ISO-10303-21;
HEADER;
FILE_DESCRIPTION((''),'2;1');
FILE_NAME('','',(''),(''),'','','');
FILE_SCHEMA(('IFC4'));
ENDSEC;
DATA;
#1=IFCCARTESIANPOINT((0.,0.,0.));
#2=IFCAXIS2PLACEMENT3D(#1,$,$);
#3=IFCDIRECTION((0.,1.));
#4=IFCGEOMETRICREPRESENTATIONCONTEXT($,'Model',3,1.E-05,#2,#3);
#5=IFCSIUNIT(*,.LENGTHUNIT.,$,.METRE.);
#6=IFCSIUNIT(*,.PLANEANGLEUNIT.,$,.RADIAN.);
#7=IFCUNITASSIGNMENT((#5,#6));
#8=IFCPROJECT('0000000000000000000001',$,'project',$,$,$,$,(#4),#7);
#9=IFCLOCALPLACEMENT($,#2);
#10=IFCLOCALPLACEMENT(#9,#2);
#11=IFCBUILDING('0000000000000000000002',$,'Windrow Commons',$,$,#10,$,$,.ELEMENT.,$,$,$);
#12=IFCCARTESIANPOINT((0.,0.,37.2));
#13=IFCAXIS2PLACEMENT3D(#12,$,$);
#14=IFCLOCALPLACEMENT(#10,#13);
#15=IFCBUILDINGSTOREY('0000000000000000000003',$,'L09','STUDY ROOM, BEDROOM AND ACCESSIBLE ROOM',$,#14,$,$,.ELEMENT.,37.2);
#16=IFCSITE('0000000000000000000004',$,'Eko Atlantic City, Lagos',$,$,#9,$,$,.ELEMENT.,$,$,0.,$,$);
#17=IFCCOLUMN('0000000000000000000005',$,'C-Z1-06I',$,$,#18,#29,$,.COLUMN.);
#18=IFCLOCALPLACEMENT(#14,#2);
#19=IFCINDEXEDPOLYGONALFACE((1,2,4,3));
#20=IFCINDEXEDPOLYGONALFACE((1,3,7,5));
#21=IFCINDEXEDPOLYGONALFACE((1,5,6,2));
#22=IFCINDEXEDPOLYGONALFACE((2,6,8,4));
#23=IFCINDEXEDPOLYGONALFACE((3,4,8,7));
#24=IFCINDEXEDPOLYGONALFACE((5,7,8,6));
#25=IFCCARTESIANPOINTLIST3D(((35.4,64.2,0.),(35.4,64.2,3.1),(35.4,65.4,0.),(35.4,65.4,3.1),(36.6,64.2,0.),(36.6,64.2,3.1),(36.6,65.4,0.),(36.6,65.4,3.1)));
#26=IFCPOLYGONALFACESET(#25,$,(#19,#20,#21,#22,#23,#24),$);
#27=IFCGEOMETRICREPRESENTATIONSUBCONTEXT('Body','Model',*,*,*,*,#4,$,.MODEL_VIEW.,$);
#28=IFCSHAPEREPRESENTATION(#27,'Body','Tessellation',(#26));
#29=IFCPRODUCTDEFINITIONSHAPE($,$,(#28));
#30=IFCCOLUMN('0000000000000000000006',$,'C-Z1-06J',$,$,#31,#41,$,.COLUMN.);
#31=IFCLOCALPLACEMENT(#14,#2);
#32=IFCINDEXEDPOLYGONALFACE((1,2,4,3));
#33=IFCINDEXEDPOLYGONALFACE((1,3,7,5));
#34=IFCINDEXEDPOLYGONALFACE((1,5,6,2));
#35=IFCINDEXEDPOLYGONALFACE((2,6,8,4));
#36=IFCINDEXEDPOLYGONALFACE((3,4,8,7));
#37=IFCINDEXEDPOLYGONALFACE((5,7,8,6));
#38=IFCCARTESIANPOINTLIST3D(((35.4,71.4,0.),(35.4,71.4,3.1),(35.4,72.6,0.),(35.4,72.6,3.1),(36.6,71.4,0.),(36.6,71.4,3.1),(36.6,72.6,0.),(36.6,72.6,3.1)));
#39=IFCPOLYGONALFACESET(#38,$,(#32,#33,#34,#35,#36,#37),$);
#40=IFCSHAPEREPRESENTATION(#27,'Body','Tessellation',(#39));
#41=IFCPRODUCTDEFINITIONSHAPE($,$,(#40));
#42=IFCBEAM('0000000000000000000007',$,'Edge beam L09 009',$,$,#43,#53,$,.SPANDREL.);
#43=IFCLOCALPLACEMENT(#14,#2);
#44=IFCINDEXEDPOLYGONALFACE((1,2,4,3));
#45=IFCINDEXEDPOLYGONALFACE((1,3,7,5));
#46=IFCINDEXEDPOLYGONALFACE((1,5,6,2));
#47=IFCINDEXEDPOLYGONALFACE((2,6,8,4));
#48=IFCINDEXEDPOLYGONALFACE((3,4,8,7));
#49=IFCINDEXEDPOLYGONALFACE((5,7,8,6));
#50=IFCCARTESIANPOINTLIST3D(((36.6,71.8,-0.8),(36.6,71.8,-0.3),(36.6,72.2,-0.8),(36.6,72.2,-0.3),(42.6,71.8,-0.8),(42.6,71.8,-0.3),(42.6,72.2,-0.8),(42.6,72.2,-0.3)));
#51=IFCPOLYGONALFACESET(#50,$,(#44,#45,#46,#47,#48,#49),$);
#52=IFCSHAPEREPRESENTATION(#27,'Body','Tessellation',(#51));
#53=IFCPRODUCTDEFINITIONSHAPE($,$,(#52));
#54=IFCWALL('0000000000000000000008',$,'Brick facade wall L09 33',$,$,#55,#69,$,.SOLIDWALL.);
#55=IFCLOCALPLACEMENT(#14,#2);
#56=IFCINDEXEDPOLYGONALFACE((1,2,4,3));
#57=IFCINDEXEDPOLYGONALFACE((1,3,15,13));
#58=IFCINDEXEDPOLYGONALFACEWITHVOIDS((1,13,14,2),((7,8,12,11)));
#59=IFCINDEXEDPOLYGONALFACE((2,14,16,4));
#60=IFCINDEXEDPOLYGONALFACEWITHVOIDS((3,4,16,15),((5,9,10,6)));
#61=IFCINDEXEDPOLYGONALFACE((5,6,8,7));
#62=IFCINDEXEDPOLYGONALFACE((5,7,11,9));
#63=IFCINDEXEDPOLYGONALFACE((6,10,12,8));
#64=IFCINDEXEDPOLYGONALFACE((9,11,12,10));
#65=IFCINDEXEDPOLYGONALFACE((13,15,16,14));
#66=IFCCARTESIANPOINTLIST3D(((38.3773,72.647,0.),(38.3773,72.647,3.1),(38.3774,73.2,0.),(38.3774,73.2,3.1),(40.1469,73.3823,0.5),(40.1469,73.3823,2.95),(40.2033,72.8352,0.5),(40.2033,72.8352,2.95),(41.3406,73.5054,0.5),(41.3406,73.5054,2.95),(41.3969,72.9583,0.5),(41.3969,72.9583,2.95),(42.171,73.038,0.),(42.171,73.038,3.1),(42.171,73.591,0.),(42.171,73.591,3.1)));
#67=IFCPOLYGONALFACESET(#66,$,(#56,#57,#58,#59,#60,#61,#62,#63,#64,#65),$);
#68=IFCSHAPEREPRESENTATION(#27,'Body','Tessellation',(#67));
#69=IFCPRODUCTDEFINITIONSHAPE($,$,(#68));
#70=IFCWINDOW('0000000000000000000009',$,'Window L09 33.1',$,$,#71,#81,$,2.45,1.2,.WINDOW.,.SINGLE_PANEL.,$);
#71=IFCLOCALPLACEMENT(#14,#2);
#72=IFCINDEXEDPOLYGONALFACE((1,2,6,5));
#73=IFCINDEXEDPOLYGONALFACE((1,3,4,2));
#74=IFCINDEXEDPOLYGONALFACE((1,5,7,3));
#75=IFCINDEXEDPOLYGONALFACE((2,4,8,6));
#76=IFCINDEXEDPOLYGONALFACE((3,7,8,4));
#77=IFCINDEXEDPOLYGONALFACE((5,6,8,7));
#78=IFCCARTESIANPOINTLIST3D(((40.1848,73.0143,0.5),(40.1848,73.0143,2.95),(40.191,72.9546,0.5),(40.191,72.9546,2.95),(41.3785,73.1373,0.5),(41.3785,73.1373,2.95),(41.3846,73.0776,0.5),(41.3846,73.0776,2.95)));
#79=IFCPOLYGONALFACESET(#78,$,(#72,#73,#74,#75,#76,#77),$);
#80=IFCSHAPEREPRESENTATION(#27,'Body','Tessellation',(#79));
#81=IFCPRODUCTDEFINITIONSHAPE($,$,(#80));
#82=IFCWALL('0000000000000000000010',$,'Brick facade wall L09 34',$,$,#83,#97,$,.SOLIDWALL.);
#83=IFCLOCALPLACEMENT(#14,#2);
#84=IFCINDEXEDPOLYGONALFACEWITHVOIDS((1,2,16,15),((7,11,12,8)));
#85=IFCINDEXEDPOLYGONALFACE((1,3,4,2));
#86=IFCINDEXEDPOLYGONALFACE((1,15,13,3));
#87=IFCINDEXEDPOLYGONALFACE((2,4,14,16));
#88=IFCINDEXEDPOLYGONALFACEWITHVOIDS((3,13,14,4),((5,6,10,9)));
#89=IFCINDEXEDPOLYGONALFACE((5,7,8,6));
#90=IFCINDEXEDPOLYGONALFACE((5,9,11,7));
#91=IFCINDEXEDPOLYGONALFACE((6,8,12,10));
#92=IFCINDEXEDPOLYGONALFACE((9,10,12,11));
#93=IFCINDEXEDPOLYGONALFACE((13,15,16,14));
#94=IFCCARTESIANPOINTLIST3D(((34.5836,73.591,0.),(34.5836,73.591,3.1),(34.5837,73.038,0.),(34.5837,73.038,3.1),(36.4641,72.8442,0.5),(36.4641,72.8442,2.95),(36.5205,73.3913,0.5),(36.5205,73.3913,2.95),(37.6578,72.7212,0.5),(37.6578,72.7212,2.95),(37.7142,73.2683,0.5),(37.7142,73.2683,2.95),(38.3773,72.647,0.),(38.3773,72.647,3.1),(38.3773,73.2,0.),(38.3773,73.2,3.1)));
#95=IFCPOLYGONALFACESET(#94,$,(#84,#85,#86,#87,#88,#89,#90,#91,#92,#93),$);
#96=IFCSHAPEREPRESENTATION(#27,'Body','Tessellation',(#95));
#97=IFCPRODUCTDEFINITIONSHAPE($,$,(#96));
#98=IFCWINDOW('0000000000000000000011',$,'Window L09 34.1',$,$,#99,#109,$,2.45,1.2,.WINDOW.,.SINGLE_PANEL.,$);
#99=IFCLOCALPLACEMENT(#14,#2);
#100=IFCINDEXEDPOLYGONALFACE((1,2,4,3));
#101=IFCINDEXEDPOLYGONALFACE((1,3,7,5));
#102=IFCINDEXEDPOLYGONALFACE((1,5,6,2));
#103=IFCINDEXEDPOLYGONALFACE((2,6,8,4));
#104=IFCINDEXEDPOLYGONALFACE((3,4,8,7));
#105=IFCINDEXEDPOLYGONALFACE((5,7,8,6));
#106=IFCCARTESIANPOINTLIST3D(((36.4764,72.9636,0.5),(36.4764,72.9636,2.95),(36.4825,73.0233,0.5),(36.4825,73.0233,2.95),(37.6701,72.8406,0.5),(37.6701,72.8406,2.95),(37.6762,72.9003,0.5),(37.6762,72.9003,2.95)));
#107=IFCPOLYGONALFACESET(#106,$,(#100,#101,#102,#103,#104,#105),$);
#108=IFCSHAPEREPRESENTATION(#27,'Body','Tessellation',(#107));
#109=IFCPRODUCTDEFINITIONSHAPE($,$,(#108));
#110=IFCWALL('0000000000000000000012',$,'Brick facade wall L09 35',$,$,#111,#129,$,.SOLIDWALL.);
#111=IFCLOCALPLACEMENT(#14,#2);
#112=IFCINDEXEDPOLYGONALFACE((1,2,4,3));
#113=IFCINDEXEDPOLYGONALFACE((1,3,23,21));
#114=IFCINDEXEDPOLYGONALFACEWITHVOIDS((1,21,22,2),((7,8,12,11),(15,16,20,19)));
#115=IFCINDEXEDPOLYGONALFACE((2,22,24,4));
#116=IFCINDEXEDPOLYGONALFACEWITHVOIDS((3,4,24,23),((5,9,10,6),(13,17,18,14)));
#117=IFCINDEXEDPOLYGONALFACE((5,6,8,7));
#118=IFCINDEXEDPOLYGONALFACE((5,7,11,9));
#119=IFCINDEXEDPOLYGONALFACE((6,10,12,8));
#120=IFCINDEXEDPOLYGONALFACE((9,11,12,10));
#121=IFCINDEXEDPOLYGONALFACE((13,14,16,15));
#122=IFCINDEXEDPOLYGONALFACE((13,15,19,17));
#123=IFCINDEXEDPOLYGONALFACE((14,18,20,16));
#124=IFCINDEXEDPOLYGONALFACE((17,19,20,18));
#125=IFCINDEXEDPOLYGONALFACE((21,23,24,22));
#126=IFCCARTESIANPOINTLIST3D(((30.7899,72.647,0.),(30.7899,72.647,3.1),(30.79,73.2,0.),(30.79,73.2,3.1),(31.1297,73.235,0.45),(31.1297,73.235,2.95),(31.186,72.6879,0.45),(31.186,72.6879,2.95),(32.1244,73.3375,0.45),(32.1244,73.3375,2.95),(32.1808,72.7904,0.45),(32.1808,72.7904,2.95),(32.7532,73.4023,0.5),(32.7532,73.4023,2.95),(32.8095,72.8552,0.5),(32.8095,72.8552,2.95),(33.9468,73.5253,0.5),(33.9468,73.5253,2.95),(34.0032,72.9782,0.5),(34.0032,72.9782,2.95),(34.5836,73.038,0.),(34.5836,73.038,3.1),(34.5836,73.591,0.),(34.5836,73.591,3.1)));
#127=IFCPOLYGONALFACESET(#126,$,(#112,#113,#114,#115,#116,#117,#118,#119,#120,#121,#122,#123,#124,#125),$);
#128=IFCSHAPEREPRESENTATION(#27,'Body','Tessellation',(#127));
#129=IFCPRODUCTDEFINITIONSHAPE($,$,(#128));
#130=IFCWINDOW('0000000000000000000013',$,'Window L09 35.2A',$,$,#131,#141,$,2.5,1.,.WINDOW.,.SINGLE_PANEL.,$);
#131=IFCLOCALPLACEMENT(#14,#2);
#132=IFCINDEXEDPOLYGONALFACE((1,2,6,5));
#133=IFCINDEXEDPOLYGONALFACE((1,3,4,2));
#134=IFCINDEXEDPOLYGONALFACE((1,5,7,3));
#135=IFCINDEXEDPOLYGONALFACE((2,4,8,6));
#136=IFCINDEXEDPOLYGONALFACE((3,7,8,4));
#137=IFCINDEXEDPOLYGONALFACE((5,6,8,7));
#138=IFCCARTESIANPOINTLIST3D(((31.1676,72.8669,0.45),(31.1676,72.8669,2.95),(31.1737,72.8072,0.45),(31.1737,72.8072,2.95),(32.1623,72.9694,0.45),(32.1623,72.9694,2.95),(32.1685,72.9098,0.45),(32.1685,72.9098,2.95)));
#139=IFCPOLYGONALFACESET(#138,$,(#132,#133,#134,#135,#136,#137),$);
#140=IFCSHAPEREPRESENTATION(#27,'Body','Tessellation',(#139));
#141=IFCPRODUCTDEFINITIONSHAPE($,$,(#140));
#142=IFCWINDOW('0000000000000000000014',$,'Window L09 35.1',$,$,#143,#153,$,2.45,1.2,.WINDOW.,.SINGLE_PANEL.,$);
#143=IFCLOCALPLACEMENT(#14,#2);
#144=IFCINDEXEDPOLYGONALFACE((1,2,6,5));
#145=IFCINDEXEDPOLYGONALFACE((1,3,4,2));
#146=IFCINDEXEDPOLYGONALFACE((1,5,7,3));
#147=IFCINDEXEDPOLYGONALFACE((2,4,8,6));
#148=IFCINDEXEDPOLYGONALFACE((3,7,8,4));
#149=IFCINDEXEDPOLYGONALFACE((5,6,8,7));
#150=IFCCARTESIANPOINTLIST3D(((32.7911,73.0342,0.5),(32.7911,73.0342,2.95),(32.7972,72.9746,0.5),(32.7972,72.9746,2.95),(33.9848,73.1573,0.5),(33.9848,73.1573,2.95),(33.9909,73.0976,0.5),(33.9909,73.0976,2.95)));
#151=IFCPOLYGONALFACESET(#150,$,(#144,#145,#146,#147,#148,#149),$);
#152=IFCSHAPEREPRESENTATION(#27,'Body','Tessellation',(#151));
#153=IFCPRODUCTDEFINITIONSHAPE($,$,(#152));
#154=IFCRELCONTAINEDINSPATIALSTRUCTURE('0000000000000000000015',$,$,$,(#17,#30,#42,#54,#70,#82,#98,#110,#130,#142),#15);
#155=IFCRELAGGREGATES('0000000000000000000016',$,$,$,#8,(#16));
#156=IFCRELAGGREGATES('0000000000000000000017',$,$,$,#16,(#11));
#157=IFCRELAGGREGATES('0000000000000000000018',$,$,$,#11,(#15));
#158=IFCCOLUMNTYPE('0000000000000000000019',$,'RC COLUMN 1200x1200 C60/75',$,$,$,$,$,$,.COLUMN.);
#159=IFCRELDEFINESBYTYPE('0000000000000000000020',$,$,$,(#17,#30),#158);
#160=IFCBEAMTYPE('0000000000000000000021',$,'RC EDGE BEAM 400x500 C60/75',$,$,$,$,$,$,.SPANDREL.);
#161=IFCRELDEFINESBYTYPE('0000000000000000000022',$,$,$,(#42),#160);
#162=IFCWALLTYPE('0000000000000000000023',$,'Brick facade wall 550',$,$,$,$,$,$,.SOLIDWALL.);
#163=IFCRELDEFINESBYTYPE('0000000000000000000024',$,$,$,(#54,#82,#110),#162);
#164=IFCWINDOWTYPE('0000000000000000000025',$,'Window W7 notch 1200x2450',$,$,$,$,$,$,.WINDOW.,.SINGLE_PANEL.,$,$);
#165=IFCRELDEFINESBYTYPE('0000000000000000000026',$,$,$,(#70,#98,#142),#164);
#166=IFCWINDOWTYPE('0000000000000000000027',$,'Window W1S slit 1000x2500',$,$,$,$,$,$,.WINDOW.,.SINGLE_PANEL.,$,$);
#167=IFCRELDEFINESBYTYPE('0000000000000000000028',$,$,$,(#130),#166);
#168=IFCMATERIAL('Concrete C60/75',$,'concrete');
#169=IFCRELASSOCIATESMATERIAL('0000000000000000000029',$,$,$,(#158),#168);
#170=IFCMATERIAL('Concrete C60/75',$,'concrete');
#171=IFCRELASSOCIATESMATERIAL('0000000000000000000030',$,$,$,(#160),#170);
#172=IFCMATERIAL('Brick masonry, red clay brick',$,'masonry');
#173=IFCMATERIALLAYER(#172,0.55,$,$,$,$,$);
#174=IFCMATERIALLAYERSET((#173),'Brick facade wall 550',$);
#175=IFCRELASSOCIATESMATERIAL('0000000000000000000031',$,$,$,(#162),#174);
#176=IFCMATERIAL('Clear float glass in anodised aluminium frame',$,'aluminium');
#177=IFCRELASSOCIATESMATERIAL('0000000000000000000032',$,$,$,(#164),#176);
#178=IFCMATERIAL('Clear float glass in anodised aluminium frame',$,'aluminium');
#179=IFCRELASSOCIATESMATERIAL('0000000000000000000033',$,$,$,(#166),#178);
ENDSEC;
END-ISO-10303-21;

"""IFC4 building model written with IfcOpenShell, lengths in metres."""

from ifc_helpers import new_model, si_unit, direction, frame, frame_2d, origin, origin_2d, place, context, subcontext, project, spatial, polyline, rectangle, outline, extrude, material, layer, layer_set, material_profile, profile_set, type_object, element, fill, save


model = new_model("IFC4")

# Units and contexts
model_context = context("Model", 3, precision=1e-05, world=origin(), true_north=direction((0.0, 1.0)))
body_context = subcontext(model_context, "Body", "Model", "MODEL_VIEW")
ifc_project = project(units=[si_unit("LENGTHUNIT", "METRE"), si_unit("PLANEANGLEUNIT", "RADIAN")], contexts=[model_context])

# Site, building, storey
site_placement = place(None, origin())
site = spatial("IfcSite", under=ifc_project, at=site_placement, Name="Eko Atlantic City, Lagos", CompositionType="ELEMENT", RefElevation=0.0)
building_placement = place(site_placement, origin())
building = spatial("IfcBuilding", under=site, at=building_placement, Name="Windrow Commons", CompositionType="ELEMENT")
storey_placement = place(building_placement, frame((0.0, 0.0, 37.2)))
storey = spatial("IfcBuildingStorey", under=building, at=storey_placement, Name="L09", Description="STUDY ROOM, BEDROOM AND ACCESSIBLE ROOM", CompositionType="ELEMENT", Elevation=37.2)

# Columns
ifc_material_1 = material(Name="Concrete C60/75", Category="concrete")
ifc_material_profile_1 = material_profile(ifc_material_1, rectangle(XDim=1.2, YDim=1.2, at=origin_2d()))
ifc_profile_set_1 = profile_set([ifc_material_profile_1], Name="Concrete C60/75")
column_type = type_object("IfcColumnType", Name="RC COLUMN 1200x1200 C60/75", PredefinedType="COLUMN", material=ifc_profile_set_1)
for number, where, z_axis, x_axis, name in (
    (1, (36.0, 64.8, 0.0), (0.0, 0.0, 1.0), (1.0, 0.0, 0.0), "C-Z1-06I"),
    (2, (36.0, 72.0, 0.0), (0.0, 0.0, 1.0), (1.0, 0.0, 0.0), "C-Z1-06J"),
):
    element("IfcColumn", number, at=place(storey_placement, frame(where, z_axis=z_axis, x_axis=x_axis)), inside=storey, type_object=column_type, Name=name, PredefinedType="COLUMN", context=body_context, shape_type="SweptSolid", body=[
        extrude(rectangle(XDim=1.2, YDim=1.2, at=origin_2d()), origin(), (0.0, 0.0, 1.0), 3.1),
    ])

# Beam
ifc_material_2 = material(Name="Concrete C60/75", Category="concrete")
ifc_material_profile_2 = material_profile(ifc_material_2, rectangle(XDim=0.4, YDim=0.5, at=origin_2d()))
ifc_profile_set_2 = profile_set([ifc_material_profile_2], Name="Concrete C60/75")
beam_type = type_object("IfcBeamType", Name="RC EDGE BEAM 400x500 C60/75", PredefinedType="SPANDREL", material=ifc_profile_set_2)
beam_placement = place(storey_placement, frame((36.6, 72.0, -0.55), z_axis=(1.0, 0.0, 0.0), x_axis=(0.0, 1.0, 0.0)))
element("IfcBeam", 3, at=beam_placement, inside=storey, type_object=beam_type, Name="Edge beam L09 009", PredefinedType="SPANDREL", context=body_context, shape_type="SweptSolid", body=[
    extrude(rectangle(XDim=0.4, YDim=0.5, at=origin_2d()), origin(), (0.0, 0.0, 1.0), 6.0),
])

# Walls, openings, windows
ifc_material_3 = material(Name="Brick masonry, red clay brick", Category="masonry")
ifc_layer_1 = layer(ifc_material_3, 0.55)
ifc_layer_set_1 = layer_set([ifc_layer_1], Name="Brick facade wall 550")
wall_type_1 = type_object("IfcWallType", Name="Brick facade wall 550", PredefinedType="SOLIDWALL", material=ifc_layer_set_1)
wall_1_placement = place(storey_placement, frame((42.171, 73.3145, 0.0), z_axis=(0.0, 0.0, 1.0), x_axis=(-0.994731, -0.102523, 0.0)))
wall_1 = element("IfcWall", 4, at=wall_1_placement, inside=storey, type_object=wall_type_1, Name="Brick facade wall L09 33", PredefinedType="SOLIDWALL", context=body_context, shape_type="SweptSolid", body=[
    extrude(outline(polyline([(-0.0283, -0.275), (3.7854, -0.275), (3.8421, 0.275), (0.0283, 0.275), (-0.0283, -0.275)])), origin(), (0.0, 0.0, 1.0), 3.1),
])
opening_1_placement = place(wall_1_placement, frame((0.8065, 0.0, 0.5)))
opening_1 = element("IfcOpeningElement", 5, at=opening_1_placement, cuts=wall_1, PredefinedType="OPENING", context=body_context, shape_type="SweptSolid", body=[
    extrude(rectangle(XDim=1.2, YDim=2.45, at=frame_2d((0.6, 1.225))), frame((0.0, 0.285, 0.0), z_axis=(0.0, -1.0, 0.0), x_axis=(1.0, 0.0, 0.0)), (0.0, 0.0, 1.0), 0.57),
])
ifc_material_4 = material(Name="Clear float glass in anodised aluminium frame", Category="aluminium")
window_type_1 = type_object("IfcWindowType", Name="Window W7 notch 1200x2450", PartitioningType="SINGLE_PANEL", PredefinedType="WINDOW", material=ifc_material_4)
window_1_placement = place(opening_1_placement, origin())
window_1 = element("IfcWindow", 6, at=window_1_placement, inside=storey, type_object=window_type_1, Name="Window L09 33.1", OverallHeight=2.45, OverallWidth=1.2, PartitioningType="SINGLE_PANEL", PredefinedType="WINDOW", context=body_context, shape_type="SweptSolid", body=[
    extrude(rectangle(XDim=1.2, YDim=2.45, at=frame_2d((0.6, 1.225))), frame((0.0, 0.155, 0.0), z_axis=(0.0, -1.0, 0.0), x_axis=(1.0, 0.0, 0.0)), (0.0, 0.0, 1.0), 0.06),
])
fill(opening_1, window_1)
wall_2_placement = place(storey_placement, frame((38.3773, 72.9235, 0.0), z_axis=(0.0, 0.0, 1.0), x_axis=(-0.994731, 0.102523, 0.0)))
wall_2 = element("IfcWall", 7, at=wall_2_placement, inside=storey, type_object=wall_type_1, Name="Brick facade wall L09 34", PredefinedType="SOLIDWALL", context=body_context, shape_type="SweptSolid", body=[
    extrude(outline(polyline([(0.0283, -0.275), (3.8421, -0.275), (3.7854, 0.275), (-0.0283, 0.275), (0.0283, -0.275)])), origin(), (0.0, 0.0, 1.0), 3.1),
])
opening_2_placement = place(wall_2_placement, frame((0.695, 0.0, 0.5)))
opening_2 = element("IfcOpeningElement", 8, at=opening_2_placement, cuts=wall_2, PredefinedType="OPENING", context=body_context, shape_type="SweptSolid", body=[
    extrude(rectangle(XDim=1.2, YDim=2.45, at=frame_2d((0.6, 1.225))), frame((0.0, 0.285, 0.0), z_axis=(0.0, -1.0, 0.0), x_axis=(1.0, 0.0, 0.0)), (0.0, 0.0, 1.0), 0.57),
])
window_2_placement = place(opening_2_placement, origin())
window_2 = element("IfcWindow", 9, at=window_2_placement, inside=storey, type_object=window_type_1, Name="Window L09 34.1", OverallHeight=2.45, OverallWidth=1.2, PartitioningType="SINGLE_PANEL", PredefinedType="WINDOW", context=body_context, shape_type="SweptSolid", body=[
    extrude(rectangle(XDim=1.2, YDim=2.45, at=frame_2d((0.6, 1.225))), frame((0.0, 0.155, 0.0), z_axis=(0.0, -1.0, 0.0), x_axis=(1.0, 0.0, 0.0)), (0.0, 0.0, 1.0), 0.06),
])
fill(opening_2, window_2)

# Wall, openings, windows
wall_3_placement = place(storey_placement, frame((34.5836, 73.3145, 0.0), z_axis=(0.0, 0.0, 1.0), x_axis=(-0.99473, -0.102525, 0.0)))
wall_3 = element("IfcWall", 10, at=wall_3_placement, inside=storey, type_object=wall_type_1, Name="Brick facade wall L09 35", PredefinedType="SOLIDWALL", context=body_context, shape_type="SweptSolid", body=[
    extrude(outline(polyline([(-0.0283, -0.275), (3.7854, -0.275), (3.8421, 0.275), (0.0283, 0.275), (-0.0283, -0.275)])), origin(), (0.0, 0.0, 1.0), 3.1),
])
opening_3_placement = place(wall_3_placement, frame((0.6118, 0.0, 0.5)))
opening_3 = element("IfcOpeningElement", 11, at=opening_3_placement, cuts=wall_3, PredefinedType="OPENING", context=body_context, shape_type="SweptSolid", body=[
    extrude(rectangle(XDim=1.2, YDim=2.45, at=frame_2d((0.6, 1.225))), frame((0.0, 0.285, 0.0), z_axis=(0.0, -1.0, 0.0), x_axis=(1.0, 0.0, 0.0)), (0.0, 0.0, 1.0), 0.57),
])
opening_4_placement = place(wall_3_placement, frame((2.4439, 0.0, 0.45)))
opening_4 = element("IfcOpeningElement", 12, at=opening_4_placement, cuts=wall_3, PredefinedType="OPENING", context=body_context, shape_type="SweptSolid", body=[
    extrude(rectangle(XDim=1.0, YDim=2.5, at=frame_2d((0.5, 1.25))), frame((0.0, 0.285, 0.0), z_axis=(0.0, -1.0, 0.0), x_axis=(1.0, 0.0, 0.0)), (0.0, 0.0, 1.0), 0.57),
])
ifc_material_5 = material(Name="Clear float glass in anodised aluminium frame", Category="aluminium")
window_type_2 = type_object("IfcWindowType", Name="Window W1S slit 1000x2500", PartitioningType="SINGLE_PANEL", PredefinedType="WINDOW", material=ifc_material_5)
window_3_placement = place(opening_4_placement, origin())
window_3 = element("IfcWindow", 13, at=window_3_placement, inside=storey, type_object=window_type_2, Name="Window L09 35.2A", OverallHeight=2.5, OverallWidth=1.0, PartitioningType="SINGLE_PANEL", PredefinedType="WINDOW", context=body_context, shape_type="SweptSolid", body=[
    extrude(rectangle(XDim=1.0, YDim=2.5, at=frame_2d((0.5, 1.25))), frame((0.0, 0.155, 0.0), z_axis=(0.0, -1.0, 0.0), x_axis=(1.0, 0.0, 0.0)), (0.0, 0.0, 1.0), 0.06),
])
fill(opening_4, window_3)
window_4_placement = place(opening_3_placement, origin())
window_4 = element("IfcWindow", 14, at=window_4_placement, inside=storey, type_object=window_type_1, Name="Window L09 35.1", OverallHeight=2.45, OverallWidth=1.2, PartitioningType="SINGLE_PANEL", PredefinedType="WINDOW", context=body_context, shape_type="SweptSolid", body=[
    extrude(rectangle(XDim=1.2, YDim=2.45, at=frame_2d((0.6, 1.225))), frame((0.0, 0.155, 0.0), z_axis=(0.0, -1.0, 0.0), x_axis=(1.0, 0.0, 0.0)), (0.0, 0.0, 1.0), 0.06),
])
fill(opening_3, window_4)

save(model, "model.ifc")
